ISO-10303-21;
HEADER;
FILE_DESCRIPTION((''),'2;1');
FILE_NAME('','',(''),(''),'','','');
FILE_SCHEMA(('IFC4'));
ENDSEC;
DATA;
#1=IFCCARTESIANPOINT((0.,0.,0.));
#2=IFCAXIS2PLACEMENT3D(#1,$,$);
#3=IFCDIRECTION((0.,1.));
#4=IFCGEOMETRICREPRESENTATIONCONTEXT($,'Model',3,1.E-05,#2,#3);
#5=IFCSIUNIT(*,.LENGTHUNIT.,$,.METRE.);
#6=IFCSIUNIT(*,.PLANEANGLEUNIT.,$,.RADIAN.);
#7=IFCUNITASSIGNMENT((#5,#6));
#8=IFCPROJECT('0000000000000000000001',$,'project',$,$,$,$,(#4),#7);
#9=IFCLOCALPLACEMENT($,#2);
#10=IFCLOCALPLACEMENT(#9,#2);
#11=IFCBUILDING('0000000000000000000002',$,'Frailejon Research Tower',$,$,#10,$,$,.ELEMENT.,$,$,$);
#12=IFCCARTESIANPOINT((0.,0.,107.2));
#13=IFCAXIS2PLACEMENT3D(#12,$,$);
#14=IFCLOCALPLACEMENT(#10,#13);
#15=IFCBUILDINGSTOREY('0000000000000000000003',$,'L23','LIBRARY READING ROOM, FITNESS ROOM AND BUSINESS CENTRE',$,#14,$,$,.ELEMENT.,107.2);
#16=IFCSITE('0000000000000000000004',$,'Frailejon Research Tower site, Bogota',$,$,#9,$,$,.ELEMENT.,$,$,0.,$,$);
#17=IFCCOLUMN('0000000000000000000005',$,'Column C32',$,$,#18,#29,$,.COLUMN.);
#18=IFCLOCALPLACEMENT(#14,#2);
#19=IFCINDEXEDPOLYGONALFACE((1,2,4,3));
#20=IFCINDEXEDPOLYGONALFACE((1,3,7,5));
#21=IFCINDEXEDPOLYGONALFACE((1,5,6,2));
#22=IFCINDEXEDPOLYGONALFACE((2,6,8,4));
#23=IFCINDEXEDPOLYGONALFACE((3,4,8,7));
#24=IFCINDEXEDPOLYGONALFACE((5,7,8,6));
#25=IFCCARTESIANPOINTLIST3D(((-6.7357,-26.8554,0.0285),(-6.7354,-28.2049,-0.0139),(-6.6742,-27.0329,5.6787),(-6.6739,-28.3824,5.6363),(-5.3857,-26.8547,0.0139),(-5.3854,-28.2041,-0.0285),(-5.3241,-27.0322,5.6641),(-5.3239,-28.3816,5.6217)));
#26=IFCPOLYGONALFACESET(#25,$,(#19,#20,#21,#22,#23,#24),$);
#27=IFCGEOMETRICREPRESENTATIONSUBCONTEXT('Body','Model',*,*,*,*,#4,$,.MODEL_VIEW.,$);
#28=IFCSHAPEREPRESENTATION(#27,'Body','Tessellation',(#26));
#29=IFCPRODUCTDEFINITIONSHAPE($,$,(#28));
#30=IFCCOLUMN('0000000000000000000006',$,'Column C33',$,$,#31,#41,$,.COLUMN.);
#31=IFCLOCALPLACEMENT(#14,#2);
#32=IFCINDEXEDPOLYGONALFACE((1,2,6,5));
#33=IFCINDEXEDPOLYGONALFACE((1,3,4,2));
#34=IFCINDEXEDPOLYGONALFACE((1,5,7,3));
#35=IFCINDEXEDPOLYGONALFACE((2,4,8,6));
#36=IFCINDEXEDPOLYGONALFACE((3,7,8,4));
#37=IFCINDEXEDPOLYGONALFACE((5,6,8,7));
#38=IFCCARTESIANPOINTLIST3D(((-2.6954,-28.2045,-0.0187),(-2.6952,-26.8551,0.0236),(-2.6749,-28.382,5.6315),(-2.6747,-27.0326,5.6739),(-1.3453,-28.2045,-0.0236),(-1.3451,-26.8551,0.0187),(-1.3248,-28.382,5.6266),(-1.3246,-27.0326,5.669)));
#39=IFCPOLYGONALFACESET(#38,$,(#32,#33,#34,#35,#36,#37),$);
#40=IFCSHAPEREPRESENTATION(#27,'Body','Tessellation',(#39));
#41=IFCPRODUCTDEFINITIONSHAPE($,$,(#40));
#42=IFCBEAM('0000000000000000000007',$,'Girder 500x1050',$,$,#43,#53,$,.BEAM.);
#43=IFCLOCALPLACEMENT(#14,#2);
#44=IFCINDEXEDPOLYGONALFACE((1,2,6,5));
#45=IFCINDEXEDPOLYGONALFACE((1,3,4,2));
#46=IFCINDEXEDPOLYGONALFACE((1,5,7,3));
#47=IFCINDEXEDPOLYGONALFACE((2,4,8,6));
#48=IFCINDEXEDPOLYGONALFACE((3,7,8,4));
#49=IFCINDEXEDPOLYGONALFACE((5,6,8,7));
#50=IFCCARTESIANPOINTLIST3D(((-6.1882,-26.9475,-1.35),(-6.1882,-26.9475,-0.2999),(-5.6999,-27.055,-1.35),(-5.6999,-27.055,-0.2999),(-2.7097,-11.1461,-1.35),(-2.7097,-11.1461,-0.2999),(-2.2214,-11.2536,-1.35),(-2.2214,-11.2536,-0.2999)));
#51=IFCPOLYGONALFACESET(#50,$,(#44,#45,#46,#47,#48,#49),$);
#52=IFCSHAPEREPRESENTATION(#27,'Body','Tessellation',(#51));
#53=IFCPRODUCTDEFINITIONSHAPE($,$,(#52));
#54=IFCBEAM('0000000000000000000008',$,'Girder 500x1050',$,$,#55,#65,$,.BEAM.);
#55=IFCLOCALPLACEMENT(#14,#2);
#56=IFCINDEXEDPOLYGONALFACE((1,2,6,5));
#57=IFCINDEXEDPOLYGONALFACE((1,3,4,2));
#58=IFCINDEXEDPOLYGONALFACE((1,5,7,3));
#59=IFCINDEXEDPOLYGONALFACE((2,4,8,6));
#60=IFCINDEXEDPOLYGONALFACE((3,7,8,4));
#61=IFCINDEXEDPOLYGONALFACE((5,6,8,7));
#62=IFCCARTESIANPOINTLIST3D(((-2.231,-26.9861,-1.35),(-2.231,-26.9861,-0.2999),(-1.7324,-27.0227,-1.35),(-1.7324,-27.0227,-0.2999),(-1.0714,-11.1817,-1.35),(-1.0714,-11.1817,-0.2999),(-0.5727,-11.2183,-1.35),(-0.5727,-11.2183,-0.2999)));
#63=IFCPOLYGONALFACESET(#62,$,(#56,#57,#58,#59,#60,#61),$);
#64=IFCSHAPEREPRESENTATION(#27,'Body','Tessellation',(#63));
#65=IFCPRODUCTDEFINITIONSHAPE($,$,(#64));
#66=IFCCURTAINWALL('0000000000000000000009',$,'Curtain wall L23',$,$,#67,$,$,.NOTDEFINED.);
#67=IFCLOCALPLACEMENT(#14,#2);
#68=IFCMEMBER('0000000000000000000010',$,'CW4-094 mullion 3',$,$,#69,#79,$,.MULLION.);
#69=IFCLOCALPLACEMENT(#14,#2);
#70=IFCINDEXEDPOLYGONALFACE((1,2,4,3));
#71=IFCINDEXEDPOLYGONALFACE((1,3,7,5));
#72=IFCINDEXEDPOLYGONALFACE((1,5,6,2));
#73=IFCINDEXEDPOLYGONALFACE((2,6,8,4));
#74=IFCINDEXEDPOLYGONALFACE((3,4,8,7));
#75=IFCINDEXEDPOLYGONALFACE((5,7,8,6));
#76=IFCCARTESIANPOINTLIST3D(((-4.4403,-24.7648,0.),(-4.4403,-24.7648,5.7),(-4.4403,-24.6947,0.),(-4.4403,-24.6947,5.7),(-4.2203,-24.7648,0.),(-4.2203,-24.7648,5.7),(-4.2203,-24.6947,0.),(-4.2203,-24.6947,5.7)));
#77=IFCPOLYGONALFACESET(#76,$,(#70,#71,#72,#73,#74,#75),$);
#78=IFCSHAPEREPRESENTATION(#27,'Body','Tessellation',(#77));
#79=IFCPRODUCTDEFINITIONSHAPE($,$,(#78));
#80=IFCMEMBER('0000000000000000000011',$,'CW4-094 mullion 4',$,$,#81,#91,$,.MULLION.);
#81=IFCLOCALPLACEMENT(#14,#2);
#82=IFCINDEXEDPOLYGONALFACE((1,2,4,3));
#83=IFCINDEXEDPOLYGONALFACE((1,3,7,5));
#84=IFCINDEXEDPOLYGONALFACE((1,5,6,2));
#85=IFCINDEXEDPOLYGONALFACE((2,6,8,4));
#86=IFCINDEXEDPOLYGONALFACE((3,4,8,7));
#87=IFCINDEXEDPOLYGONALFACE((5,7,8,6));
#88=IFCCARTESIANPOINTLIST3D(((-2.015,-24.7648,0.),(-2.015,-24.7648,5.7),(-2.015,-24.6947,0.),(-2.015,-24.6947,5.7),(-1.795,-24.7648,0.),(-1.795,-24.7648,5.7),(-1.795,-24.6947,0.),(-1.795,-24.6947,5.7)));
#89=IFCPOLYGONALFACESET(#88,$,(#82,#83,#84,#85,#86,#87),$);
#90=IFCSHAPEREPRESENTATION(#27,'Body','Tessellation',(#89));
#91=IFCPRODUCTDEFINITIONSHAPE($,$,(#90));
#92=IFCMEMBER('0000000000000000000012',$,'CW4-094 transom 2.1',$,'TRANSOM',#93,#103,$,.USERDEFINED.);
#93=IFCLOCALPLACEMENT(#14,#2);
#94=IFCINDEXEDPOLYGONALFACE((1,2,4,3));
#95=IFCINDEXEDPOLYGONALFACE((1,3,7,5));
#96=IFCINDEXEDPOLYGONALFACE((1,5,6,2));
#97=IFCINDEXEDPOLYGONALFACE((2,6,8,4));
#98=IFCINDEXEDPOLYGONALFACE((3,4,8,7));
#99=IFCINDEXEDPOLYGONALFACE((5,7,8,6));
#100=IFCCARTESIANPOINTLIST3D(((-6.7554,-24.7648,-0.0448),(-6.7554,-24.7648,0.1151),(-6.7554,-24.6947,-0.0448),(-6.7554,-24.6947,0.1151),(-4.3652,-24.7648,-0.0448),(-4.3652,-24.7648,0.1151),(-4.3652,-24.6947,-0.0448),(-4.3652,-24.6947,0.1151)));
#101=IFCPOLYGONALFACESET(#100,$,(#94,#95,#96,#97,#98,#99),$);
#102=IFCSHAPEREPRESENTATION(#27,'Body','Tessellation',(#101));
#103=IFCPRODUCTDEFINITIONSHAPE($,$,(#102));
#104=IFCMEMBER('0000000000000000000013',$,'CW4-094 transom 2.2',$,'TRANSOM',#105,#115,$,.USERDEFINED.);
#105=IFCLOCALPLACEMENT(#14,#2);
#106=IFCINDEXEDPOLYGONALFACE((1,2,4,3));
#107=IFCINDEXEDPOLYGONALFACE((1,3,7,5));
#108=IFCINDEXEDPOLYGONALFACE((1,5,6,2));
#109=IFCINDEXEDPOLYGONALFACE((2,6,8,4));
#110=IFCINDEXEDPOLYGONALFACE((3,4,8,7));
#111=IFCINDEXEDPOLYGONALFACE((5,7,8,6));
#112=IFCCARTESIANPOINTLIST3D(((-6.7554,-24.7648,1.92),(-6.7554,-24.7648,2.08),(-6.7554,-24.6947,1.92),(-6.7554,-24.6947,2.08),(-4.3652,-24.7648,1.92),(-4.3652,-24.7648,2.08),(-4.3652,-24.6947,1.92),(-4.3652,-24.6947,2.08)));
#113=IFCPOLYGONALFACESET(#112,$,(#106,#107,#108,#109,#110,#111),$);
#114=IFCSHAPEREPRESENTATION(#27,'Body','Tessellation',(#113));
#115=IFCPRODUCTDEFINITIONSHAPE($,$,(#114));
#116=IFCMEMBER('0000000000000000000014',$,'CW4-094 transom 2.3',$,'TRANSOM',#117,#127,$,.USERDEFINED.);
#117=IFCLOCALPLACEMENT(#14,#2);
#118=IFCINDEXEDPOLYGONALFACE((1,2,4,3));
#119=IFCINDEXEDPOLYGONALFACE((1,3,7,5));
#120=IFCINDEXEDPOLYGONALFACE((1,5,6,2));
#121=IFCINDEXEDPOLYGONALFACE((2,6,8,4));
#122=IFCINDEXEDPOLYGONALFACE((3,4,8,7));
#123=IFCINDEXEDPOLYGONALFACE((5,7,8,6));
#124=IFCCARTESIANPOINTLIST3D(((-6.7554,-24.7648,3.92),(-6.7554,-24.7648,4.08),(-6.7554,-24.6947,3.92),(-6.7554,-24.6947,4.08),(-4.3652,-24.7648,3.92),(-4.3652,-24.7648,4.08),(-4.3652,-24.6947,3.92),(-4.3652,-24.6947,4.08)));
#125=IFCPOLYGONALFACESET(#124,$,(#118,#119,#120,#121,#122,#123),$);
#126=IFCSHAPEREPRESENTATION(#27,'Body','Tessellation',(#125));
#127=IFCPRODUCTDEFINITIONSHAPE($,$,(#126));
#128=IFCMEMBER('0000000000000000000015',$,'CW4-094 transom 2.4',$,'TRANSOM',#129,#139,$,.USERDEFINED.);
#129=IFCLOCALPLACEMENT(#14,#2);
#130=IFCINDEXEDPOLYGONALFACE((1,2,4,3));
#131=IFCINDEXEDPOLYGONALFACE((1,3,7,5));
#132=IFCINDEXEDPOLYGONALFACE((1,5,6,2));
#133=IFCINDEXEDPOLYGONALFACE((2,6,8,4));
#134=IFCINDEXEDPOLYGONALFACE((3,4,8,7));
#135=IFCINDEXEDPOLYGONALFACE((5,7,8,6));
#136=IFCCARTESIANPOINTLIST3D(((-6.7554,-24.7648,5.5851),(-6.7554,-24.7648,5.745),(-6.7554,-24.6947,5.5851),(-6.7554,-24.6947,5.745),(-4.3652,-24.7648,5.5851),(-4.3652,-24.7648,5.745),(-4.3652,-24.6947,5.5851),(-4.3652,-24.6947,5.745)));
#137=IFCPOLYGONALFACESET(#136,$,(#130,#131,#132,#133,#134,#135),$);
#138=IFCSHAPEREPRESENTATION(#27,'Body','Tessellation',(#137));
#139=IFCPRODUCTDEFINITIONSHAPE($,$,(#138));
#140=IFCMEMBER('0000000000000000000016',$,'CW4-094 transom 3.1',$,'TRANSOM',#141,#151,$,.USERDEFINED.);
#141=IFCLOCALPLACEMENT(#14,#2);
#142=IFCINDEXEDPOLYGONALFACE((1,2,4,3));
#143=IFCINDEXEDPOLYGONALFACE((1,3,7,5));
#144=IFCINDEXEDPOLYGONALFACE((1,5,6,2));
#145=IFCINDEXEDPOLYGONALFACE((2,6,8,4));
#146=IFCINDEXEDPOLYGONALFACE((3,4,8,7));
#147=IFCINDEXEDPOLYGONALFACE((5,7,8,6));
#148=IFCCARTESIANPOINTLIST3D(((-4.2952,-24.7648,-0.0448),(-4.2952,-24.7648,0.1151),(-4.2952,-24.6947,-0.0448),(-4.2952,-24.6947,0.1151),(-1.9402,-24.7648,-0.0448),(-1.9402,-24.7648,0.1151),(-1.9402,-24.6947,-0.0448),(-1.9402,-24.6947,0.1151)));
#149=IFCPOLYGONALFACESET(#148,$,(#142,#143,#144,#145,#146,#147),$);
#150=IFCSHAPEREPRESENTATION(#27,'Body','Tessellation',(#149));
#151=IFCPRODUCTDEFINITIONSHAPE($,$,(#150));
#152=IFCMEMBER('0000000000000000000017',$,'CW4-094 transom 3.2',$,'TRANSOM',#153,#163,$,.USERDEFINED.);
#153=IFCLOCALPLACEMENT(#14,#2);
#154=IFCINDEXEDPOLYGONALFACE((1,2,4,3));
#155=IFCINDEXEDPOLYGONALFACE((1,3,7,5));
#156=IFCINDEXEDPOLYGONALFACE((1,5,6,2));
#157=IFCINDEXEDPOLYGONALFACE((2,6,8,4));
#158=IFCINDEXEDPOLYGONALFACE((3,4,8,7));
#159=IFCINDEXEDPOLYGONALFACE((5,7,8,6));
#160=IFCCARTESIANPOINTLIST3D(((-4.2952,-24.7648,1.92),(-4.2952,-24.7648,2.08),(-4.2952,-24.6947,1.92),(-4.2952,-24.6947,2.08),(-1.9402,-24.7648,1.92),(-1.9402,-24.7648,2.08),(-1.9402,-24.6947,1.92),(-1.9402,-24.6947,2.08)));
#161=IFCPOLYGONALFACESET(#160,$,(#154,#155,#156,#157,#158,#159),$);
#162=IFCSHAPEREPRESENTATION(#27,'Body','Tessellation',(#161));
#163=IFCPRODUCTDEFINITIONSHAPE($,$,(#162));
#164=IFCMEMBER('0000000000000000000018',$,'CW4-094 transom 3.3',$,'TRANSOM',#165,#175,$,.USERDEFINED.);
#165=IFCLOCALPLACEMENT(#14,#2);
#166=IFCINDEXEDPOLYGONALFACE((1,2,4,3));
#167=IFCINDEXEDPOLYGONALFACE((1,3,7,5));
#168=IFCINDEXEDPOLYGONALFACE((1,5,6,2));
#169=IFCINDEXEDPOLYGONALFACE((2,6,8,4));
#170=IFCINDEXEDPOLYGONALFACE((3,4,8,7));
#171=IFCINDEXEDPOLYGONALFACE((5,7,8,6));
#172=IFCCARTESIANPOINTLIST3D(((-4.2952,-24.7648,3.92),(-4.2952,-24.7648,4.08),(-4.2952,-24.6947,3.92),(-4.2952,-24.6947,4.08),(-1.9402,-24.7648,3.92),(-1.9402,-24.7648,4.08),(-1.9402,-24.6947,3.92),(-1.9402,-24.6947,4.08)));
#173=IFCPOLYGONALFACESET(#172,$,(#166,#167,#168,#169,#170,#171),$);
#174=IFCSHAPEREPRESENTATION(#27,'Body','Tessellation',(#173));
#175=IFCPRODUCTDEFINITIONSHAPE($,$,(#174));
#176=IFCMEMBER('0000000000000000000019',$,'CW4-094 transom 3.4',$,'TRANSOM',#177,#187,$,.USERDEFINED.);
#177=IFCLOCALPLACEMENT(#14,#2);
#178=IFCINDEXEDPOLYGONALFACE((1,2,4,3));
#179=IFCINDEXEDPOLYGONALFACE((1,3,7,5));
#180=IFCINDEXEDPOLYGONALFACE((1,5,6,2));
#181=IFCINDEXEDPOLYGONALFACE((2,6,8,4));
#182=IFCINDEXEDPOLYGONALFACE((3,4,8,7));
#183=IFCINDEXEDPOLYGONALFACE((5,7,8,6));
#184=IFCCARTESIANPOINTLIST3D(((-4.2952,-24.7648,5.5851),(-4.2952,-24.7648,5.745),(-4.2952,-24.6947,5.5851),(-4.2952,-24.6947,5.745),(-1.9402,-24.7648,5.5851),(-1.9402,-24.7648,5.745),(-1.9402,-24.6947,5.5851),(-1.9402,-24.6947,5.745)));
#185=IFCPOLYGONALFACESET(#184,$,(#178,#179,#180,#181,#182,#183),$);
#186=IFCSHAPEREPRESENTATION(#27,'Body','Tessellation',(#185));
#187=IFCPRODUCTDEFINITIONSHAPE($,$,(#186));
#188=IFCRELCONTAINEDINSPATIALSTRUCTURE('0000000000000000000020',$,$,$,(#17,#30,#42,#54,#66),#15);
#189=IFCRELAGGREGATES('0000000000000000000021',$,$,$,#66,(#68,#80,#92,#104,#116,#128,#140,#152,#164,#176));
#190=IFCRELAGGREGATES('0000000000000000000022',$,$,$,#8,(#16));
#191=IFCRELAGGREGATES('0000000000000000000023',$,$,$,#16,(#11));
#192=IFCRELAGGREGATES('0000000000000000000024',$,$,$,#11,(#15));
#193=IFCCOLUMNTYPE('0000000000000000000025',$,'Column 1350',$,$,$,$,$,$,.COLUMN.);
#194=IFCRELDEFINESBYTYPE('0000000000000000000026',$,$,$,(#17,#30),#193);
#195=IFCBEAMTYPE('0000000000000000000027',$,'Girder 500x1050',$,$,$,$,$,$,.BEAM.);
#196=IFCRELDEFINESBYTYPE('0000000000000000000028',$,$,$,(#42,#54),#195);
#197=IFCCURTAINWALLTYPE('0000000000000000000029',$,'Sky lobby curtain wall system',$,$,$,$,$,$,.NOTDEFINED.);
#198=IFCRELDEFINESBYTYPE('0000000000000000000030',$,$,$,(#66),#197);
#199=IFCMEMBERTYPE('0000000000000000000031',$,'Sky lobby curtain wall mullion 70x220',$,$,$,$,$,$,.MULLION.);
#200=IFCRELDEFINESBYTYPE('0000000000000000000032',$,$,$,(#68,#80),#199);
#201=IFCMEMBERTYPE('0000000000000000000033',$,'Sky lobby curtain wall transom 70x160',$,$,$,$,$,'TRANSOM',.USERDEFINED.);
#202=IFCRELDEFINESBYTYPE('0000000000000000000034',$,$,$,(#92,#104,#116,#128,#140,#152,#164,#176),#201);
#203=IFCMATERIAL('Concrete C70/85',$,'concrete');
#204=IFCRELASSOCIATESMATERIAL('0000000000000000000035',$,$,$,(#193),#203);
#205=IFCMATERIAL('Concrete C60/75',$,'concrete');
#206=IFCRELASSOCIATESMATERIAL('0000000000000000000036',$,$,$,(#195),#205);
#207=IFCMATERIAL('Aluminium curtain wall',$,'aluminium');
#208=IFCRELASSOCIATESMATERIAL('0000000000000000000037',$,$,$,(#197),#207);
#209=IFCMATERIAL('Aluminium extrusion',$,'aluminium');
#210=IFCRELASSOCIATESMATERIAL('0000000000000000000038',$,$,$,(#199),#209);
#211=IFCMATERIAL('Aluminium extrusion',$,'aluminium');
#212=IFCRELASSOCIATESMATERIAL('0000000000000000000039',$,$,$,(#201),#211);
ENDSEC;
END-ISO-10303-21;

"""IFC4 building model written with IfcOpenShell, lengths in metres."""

from ifc_helpers import new_model, si_unit, direction, frame, origin, origin_2d, place, context, subcontext, project, spatial, rectangle, extrude, material, material_profile, profile_set, type_object, element, aggregate, save


model = new_model("IFC4")

# Units and contexts
model_context = context("Model", 3, precision=1e-05, world=origin(), true_north=direction((0.0, 1.0)))
body_context = subcontext(model_context, "Body", "Model", "MODEL_VIEW")
ifc_project = project(units=[si_unit("LENGTHUNIT", "METRE"), si_unit("PLANEANGLEUNIT", "RADIAN")], contexts=[model_context])

# Site, building, storey
site_placement = place(None, origin())
site = spatial("IfcSite", under=ifc_project, at=site_placement, Name="Frailejon Research Tower site, Bogota", CompositionType="ELEMENT", RefElevation=0.0)
building_placement = place(site_placement, origin())
building = spatial("IfcBuilding", under=site, at=building_placement, Name="Frailejon Research Tower", CompositionType="ELEMENT")
storey_placement = place(building_placement, frame((0.0, 0.0, 107.2)))
storey = spatial("IfcBuildingStorey", under=building, at=storey_placement, Name="L23", Description="LIBRARY READING ROOM, FITNESS ROOM AND BUSINESS CENTRE", CompositionType="ELEMENT", Elevation=107.2)

# Columns
ifc_material_1 = material(Name="Concrete C70/85", Category="concrete")
ifc_material_profile_1 = material_profile(ifc_material_1, rectangle(XDim=1.3501, YDim=1.3501, at=origin_2d()), Name="Column 1350")
ifc_profile_set_1 = profile_set([ifc_material_profile_1], Name="Concrete C70/85")
column_type = type_object("IfcColumnType", Name="Column 1350", PredefinedType="COLUMN", material=ifc_profile_set_1)
column_1_placement = place(storey_placement, frame((-6.0605, -27.5298, 0.0), z_axis=(0.010883, -0.031396, 0.999448), x_axis=(0.999941, 0.000529, -0.010872)))
element("IfcColumn", 1, at=column_1_placement, inside=storey, type_object=column_type, Name="Column C32", PredefinedType="COLUMN", context=body_context, shape_type="SweptSolid", body=[
    extrude(rectangle(XDim=1.3501, YDim=1.3501, at=origin_2d()), origin(), (0.0, 0.0, 1.0), 5.6533),
])
column_2_placement = place(storey_placement, frame((-2.0203, -27.5298, 0.0), z_axis=(0.003628, -0.031398, 0.9995), x_axis=(0.999993, 0.000008, -0.003629)))
element("IfcColumn", 2, at=column_2_placement, inside=storey, type_object=column_type, Name="Column C33", PredefinedType="COLUMN", context=body_context, shape_type="SweptSolid", body=[
    extrude(rectangle(XDim=1.3501, YDim=1.3501, at=origin_2d()), origin(), (0.0, 0.0, 1.0), 5.6531),
])

# Beams
ifc_material_2 = material(Name="Concrete C60/75", Category="concrete")
ifc_material_profile_2 = material_profile(ifc_material_2, rectangle(XDim=0.5, YDim=1.05, at=origin_2d()), Name="Girder 500x1050")
ifc_profile_set_2 = profile_set([ifc_material_profile_2], Name="Concrete C60/75")
beam_type_1 = type_object("IfcBeamType", Name="Girder 500x1050", PredefinedType="BEAM", material=ifc_profile_set_2)
beam_1_placement = place(storey_placement, frame((-5.9441, -27.0012, -0.825), z_axis=(0.214994, 0.976615, 0.0), x_axis=(-0.976615, 0.214994, 0.0)))
element("IfcBeam", 3, at=beam_1_placement, inside=storey, type_object=beam_type_1, Name="Girder 500x1050", PredefinedType="BEAM", context=body_context, shape_type="SweptSolid", body=[
    extrude(rectangle(XDim=0.5, YDim=1.05, at=origin_2d()), origin(), (0.0, 0.0, 1.0), 16.1797),
])
beam_2_placement = place(storey_placement, frame((-1.9817, -27.0044, -0.825), z_axis=(0.073179, 0.997319, 0.0), x_axis=(-0.997319, 0.073179, 0.0)))
element("IfcBeam", 4, at=beam_2_placement, inside=storey, type_object=beam_type_1, Name="Girder 500x1050", PredefinedType="BEAM", context=body_context, shape_type="SweptSolid", body=[
    extrude(rectangle(XDim=0.5, YDim=1.05, at=origin_2d()), origin(), (0.0, 0.0, 1.0), 15.8469),
])

# Curtain wall, members
ifc_material_3 = material(Name="Aluminium curtain wall", Category="aluminium")
curtain_wall_type = type_object("IfcCurtainWallType", Name="Sky lobby curtain wall system", PredefinedType="NOTDEFINED", material=ifc_material_3)
curtain_wall_placement = place(storey_placement, origin())
curtain_wall = element("IfcCurtainWall", 5, at=curtain_wall_placement, inside=storey, type_object=curtain_wall_type, Name="Curtain wall L23", PredefinedType="NOTDEFINED")
ifc_material_4 = material(Name="Aluminium extrusion", Category="aluminium")
ifc_material_profile_3 = material_profile(ifc_material_4, rectangle(XDim=0.0701, YDim=0.22, at=origin_2d()), Name="Sky lobby curtain wall mullion 70x220")
ifc_profile_set_3 = profile_set([ifc_material_profile_3], Name="Aluminium extrusion")
member_type_1 = type_object("IfcMemberType", Name="Sky lobby curtain wall mullion 70x220", PredefinedType="MULLION", material=ifc_profile_set_3)
member_1_placement = place(storey_placement, frame((-4.3303, -24.7297, 0.0), z_axis=(0.0, 0.0, 1.0), x_axis=(0.0, 1.0, 0.0)))
member_1 = element("IfcMember", 6, at=member_1_placement, type_object=member_type_1, Name="CW4-094 mullion 3", PredefinedType="MULLION", context=body_context, shape_type="SweptSolid", body=[
    extrude(rectangle(XDim=0.0701, YDim=0.22, at=origin_2d()), origin(), (0.0, 0.0, 1.0), 5.7),
])
member_2_placement = place(storey_placement, frame((-1.905, -24.7297, 0.0), z_axis=(0.0, 0.0, 1.0), x_axis=(0.0, 1.0, 0.0)))
member_2 = element("IfcMember", 7, at=member_2_placement, type_object=member_type_1, Name="CW4-094 mullion 4", PredefinedType="MULLION", context=body_context, shape_type="SweptSolid", body=[
    extrude(rectangle(XDim=0.0701, YDim=0.22, at=origin_2d()), origin(), (0.0, 0.0, 1.0), 5.7),
])
ifc_material_5 = material(Name="Aluminium extrusion", Category="aluminium")
ifc_material_profile_4 = material_profile(ifc_material_5, rectangle(XDim=0.0701, YDim=0.1599, at=origin_2d()), Name="Sky lobby curtain wall transom 70x160")
ifc_profile_set_4 = profile_set([ifc_material_profile_4], Name="Aluminium extrusion")
member_type_2 = type_object("IfcMemberType", Name="Sky lobby curtain wall transom 70x160", ElementType="TRANSOM", PredefinedType="USERDEFINED", material=ifc_profile_set_4)
member_3_placement = place(storey_placement, frame((-6.7554, -24.7297, 0.0352), z_axis=(1.0, 0.0, 0.0), x_axis=(0.0, 1.0, 0.0)))
member_3 = element("IfcMember", 8, at=member_3_placement, type_object=member_type_2, Name="CW4-094 transom 2.1", ObjectType="TRANSOM", PredefinedType="USERDEFINED", context=body_context, shape_type="SweptSolid", body=[
    extrude(rectangle(XDim=0.0701, YDim=0.1599, at=origin_2d()), origin(), (0.0, 0.0, 1.0), 2.3901),
])
member_4_placement = place(storey_placement, frame((-6.7554, -24.7297, 2.0), z_axis=(1.0, 0.0, 0.0), x_axis=(0.0, 1.0, 0.0)))
member_4 = element("IfcMember", 9, at=member_4_placement, type_object=member_type_2, Name="CW4-094 transom 2.2", ObjectType="TRANSOM", PredefinedType="USERDEFINED", context=body_context, shape_type="SweptSolid", body=[
    extrude(rectangle(XDim=0.0701, YDim=0.1599, at=origin_2d()), origin(), (0.0, 0.0, 1.0), 2.3901),
])
member_5_placement = place(storey_placement, frame((-6.7554, -24.7297, 4.0), z_axis=(1.0, 0.0, 0.0), x_axis=(0.0, 1.0, 0.0)))
member_5 = element("IfcMember", 10, at=member_5_placement, type_object=member_type_2, Name="CW4-094 transom 2.3", ObjectType="TRANSOM", PredefinedType="USERDEFINED", context=body_context, shape_type="SweptSolid", body=[
    extrude(rectangle(XDim=0.0701, YDim=0.1599, at=origin_2d()), origin(), (0.0, 0.0, 1.0), 2.3901),
])
member_6_placement = place(storey_placement, frame((-6.7554, -24.7297, 5.665), z_axis=(1.0, 0.0, 0.0), x_axis=(0.0, 1.0, 0.0)))
member_6 = element("IfcMember", 11, at=member_6_placement, type_object=member_type_2, Name="CW4-094 transom 2.4", ObjectType="TRANSOM", PredefinedType="USERDEFINED", context=body_context, shape_type="SweptSolid", body=[
    extrude(rectangle(XDim=0.0701, YDim=0.1599, at=origin_2d()), origin(), (0.0, 0.0, 1.0), 2.3901),
])
member_7_placement = place(storey_placement, frame((-4.2952, -24.7297, 0.0352), z_axis=(1.0, 0.0, 0.0), x_axis=(0.0, 1.0, 0.0)))
member_7 = element("IfcMember", 12, at=member_7_placement, type_object=member_type_2, Name="CW4-094 transom 3.1", ObjectType="TRANSOM", PredefinedType="USERDEFINED", context=body_context, shape_type="SweptSolid", body=[
    extrude(rectangle(XDim=0.0701, YDim=0.1599, at=origin_2d()), origin(), (0.0, 0.0, 1.0), 2.355),
])
member_8_placement = place(storey_placement, frame((-4.2952, -24.7297, 2.0), z_axis=(1.0, 0.0, 0.0), x_axis=(0.0, 1.0, 0.0)))
member_8 = element("IfcMember", 13, at=member_8_placement, type_object=member_type_2, Name="CW4-094 transom 3.2", ObjectType="TRANSOM", PredefinedType="USERDEFINED", context=body_context, shape_type="SweptSolid", body=[
    extrude(rectangle(XDim=0.0701, YDim=0.1599, at=origin_2d()), origin(), (0.0, 0.0, 1.0), 2.355),
])
member_9_placement = place(storey_placement, frame((-4.2952, -24.7297, 4.0), z_axis=(1.0, 0.0, 0.0), x_axis=(0.0, 1.0, 0.0)))
member_9 = element("IfcMember", 14, at=member_9_placement, type_object=member_type_2, Name="CW4-094 transom 3.3", ObjectType="TRANSOM", PredefinedType="USERDEFINED", context=body_context, shape_type="SweptSolid", body=[
    extrude(rectangle(XDim=0.0701, YDim=0.1599, at=origin_2d()), origin(), (0.0, 0.0, 1.0), 2.355),
])
member_10_placement = place(storey_placement, frame((-4.2952, -24.7297, 5.665), z_axis=(1.0, 0.0, 0.0), x_axis=(0.0, 1.0, 0.0)))
member_10 = element("IfcMember", 15, at=member_10_placement, type_object=member_type_2, Name="CW4-094 transom 3.4", ObjectType="TRANSOM", PredefinedType="USERDEFINED", context=body_context, shape_type="SweptSolid", body=[
    extrude(rectangle(XDim=0.0701, YDim=0.1599, at=origin_2d()), origin(), (0.0, 0.0, 1.0), 2.355),
])

aggregate(curtain_wall, [member_1, member_2, member_3, member_4, member_5, member_6, member_7, member_8, member_9, member_10])

save(model, "model.ifc")
